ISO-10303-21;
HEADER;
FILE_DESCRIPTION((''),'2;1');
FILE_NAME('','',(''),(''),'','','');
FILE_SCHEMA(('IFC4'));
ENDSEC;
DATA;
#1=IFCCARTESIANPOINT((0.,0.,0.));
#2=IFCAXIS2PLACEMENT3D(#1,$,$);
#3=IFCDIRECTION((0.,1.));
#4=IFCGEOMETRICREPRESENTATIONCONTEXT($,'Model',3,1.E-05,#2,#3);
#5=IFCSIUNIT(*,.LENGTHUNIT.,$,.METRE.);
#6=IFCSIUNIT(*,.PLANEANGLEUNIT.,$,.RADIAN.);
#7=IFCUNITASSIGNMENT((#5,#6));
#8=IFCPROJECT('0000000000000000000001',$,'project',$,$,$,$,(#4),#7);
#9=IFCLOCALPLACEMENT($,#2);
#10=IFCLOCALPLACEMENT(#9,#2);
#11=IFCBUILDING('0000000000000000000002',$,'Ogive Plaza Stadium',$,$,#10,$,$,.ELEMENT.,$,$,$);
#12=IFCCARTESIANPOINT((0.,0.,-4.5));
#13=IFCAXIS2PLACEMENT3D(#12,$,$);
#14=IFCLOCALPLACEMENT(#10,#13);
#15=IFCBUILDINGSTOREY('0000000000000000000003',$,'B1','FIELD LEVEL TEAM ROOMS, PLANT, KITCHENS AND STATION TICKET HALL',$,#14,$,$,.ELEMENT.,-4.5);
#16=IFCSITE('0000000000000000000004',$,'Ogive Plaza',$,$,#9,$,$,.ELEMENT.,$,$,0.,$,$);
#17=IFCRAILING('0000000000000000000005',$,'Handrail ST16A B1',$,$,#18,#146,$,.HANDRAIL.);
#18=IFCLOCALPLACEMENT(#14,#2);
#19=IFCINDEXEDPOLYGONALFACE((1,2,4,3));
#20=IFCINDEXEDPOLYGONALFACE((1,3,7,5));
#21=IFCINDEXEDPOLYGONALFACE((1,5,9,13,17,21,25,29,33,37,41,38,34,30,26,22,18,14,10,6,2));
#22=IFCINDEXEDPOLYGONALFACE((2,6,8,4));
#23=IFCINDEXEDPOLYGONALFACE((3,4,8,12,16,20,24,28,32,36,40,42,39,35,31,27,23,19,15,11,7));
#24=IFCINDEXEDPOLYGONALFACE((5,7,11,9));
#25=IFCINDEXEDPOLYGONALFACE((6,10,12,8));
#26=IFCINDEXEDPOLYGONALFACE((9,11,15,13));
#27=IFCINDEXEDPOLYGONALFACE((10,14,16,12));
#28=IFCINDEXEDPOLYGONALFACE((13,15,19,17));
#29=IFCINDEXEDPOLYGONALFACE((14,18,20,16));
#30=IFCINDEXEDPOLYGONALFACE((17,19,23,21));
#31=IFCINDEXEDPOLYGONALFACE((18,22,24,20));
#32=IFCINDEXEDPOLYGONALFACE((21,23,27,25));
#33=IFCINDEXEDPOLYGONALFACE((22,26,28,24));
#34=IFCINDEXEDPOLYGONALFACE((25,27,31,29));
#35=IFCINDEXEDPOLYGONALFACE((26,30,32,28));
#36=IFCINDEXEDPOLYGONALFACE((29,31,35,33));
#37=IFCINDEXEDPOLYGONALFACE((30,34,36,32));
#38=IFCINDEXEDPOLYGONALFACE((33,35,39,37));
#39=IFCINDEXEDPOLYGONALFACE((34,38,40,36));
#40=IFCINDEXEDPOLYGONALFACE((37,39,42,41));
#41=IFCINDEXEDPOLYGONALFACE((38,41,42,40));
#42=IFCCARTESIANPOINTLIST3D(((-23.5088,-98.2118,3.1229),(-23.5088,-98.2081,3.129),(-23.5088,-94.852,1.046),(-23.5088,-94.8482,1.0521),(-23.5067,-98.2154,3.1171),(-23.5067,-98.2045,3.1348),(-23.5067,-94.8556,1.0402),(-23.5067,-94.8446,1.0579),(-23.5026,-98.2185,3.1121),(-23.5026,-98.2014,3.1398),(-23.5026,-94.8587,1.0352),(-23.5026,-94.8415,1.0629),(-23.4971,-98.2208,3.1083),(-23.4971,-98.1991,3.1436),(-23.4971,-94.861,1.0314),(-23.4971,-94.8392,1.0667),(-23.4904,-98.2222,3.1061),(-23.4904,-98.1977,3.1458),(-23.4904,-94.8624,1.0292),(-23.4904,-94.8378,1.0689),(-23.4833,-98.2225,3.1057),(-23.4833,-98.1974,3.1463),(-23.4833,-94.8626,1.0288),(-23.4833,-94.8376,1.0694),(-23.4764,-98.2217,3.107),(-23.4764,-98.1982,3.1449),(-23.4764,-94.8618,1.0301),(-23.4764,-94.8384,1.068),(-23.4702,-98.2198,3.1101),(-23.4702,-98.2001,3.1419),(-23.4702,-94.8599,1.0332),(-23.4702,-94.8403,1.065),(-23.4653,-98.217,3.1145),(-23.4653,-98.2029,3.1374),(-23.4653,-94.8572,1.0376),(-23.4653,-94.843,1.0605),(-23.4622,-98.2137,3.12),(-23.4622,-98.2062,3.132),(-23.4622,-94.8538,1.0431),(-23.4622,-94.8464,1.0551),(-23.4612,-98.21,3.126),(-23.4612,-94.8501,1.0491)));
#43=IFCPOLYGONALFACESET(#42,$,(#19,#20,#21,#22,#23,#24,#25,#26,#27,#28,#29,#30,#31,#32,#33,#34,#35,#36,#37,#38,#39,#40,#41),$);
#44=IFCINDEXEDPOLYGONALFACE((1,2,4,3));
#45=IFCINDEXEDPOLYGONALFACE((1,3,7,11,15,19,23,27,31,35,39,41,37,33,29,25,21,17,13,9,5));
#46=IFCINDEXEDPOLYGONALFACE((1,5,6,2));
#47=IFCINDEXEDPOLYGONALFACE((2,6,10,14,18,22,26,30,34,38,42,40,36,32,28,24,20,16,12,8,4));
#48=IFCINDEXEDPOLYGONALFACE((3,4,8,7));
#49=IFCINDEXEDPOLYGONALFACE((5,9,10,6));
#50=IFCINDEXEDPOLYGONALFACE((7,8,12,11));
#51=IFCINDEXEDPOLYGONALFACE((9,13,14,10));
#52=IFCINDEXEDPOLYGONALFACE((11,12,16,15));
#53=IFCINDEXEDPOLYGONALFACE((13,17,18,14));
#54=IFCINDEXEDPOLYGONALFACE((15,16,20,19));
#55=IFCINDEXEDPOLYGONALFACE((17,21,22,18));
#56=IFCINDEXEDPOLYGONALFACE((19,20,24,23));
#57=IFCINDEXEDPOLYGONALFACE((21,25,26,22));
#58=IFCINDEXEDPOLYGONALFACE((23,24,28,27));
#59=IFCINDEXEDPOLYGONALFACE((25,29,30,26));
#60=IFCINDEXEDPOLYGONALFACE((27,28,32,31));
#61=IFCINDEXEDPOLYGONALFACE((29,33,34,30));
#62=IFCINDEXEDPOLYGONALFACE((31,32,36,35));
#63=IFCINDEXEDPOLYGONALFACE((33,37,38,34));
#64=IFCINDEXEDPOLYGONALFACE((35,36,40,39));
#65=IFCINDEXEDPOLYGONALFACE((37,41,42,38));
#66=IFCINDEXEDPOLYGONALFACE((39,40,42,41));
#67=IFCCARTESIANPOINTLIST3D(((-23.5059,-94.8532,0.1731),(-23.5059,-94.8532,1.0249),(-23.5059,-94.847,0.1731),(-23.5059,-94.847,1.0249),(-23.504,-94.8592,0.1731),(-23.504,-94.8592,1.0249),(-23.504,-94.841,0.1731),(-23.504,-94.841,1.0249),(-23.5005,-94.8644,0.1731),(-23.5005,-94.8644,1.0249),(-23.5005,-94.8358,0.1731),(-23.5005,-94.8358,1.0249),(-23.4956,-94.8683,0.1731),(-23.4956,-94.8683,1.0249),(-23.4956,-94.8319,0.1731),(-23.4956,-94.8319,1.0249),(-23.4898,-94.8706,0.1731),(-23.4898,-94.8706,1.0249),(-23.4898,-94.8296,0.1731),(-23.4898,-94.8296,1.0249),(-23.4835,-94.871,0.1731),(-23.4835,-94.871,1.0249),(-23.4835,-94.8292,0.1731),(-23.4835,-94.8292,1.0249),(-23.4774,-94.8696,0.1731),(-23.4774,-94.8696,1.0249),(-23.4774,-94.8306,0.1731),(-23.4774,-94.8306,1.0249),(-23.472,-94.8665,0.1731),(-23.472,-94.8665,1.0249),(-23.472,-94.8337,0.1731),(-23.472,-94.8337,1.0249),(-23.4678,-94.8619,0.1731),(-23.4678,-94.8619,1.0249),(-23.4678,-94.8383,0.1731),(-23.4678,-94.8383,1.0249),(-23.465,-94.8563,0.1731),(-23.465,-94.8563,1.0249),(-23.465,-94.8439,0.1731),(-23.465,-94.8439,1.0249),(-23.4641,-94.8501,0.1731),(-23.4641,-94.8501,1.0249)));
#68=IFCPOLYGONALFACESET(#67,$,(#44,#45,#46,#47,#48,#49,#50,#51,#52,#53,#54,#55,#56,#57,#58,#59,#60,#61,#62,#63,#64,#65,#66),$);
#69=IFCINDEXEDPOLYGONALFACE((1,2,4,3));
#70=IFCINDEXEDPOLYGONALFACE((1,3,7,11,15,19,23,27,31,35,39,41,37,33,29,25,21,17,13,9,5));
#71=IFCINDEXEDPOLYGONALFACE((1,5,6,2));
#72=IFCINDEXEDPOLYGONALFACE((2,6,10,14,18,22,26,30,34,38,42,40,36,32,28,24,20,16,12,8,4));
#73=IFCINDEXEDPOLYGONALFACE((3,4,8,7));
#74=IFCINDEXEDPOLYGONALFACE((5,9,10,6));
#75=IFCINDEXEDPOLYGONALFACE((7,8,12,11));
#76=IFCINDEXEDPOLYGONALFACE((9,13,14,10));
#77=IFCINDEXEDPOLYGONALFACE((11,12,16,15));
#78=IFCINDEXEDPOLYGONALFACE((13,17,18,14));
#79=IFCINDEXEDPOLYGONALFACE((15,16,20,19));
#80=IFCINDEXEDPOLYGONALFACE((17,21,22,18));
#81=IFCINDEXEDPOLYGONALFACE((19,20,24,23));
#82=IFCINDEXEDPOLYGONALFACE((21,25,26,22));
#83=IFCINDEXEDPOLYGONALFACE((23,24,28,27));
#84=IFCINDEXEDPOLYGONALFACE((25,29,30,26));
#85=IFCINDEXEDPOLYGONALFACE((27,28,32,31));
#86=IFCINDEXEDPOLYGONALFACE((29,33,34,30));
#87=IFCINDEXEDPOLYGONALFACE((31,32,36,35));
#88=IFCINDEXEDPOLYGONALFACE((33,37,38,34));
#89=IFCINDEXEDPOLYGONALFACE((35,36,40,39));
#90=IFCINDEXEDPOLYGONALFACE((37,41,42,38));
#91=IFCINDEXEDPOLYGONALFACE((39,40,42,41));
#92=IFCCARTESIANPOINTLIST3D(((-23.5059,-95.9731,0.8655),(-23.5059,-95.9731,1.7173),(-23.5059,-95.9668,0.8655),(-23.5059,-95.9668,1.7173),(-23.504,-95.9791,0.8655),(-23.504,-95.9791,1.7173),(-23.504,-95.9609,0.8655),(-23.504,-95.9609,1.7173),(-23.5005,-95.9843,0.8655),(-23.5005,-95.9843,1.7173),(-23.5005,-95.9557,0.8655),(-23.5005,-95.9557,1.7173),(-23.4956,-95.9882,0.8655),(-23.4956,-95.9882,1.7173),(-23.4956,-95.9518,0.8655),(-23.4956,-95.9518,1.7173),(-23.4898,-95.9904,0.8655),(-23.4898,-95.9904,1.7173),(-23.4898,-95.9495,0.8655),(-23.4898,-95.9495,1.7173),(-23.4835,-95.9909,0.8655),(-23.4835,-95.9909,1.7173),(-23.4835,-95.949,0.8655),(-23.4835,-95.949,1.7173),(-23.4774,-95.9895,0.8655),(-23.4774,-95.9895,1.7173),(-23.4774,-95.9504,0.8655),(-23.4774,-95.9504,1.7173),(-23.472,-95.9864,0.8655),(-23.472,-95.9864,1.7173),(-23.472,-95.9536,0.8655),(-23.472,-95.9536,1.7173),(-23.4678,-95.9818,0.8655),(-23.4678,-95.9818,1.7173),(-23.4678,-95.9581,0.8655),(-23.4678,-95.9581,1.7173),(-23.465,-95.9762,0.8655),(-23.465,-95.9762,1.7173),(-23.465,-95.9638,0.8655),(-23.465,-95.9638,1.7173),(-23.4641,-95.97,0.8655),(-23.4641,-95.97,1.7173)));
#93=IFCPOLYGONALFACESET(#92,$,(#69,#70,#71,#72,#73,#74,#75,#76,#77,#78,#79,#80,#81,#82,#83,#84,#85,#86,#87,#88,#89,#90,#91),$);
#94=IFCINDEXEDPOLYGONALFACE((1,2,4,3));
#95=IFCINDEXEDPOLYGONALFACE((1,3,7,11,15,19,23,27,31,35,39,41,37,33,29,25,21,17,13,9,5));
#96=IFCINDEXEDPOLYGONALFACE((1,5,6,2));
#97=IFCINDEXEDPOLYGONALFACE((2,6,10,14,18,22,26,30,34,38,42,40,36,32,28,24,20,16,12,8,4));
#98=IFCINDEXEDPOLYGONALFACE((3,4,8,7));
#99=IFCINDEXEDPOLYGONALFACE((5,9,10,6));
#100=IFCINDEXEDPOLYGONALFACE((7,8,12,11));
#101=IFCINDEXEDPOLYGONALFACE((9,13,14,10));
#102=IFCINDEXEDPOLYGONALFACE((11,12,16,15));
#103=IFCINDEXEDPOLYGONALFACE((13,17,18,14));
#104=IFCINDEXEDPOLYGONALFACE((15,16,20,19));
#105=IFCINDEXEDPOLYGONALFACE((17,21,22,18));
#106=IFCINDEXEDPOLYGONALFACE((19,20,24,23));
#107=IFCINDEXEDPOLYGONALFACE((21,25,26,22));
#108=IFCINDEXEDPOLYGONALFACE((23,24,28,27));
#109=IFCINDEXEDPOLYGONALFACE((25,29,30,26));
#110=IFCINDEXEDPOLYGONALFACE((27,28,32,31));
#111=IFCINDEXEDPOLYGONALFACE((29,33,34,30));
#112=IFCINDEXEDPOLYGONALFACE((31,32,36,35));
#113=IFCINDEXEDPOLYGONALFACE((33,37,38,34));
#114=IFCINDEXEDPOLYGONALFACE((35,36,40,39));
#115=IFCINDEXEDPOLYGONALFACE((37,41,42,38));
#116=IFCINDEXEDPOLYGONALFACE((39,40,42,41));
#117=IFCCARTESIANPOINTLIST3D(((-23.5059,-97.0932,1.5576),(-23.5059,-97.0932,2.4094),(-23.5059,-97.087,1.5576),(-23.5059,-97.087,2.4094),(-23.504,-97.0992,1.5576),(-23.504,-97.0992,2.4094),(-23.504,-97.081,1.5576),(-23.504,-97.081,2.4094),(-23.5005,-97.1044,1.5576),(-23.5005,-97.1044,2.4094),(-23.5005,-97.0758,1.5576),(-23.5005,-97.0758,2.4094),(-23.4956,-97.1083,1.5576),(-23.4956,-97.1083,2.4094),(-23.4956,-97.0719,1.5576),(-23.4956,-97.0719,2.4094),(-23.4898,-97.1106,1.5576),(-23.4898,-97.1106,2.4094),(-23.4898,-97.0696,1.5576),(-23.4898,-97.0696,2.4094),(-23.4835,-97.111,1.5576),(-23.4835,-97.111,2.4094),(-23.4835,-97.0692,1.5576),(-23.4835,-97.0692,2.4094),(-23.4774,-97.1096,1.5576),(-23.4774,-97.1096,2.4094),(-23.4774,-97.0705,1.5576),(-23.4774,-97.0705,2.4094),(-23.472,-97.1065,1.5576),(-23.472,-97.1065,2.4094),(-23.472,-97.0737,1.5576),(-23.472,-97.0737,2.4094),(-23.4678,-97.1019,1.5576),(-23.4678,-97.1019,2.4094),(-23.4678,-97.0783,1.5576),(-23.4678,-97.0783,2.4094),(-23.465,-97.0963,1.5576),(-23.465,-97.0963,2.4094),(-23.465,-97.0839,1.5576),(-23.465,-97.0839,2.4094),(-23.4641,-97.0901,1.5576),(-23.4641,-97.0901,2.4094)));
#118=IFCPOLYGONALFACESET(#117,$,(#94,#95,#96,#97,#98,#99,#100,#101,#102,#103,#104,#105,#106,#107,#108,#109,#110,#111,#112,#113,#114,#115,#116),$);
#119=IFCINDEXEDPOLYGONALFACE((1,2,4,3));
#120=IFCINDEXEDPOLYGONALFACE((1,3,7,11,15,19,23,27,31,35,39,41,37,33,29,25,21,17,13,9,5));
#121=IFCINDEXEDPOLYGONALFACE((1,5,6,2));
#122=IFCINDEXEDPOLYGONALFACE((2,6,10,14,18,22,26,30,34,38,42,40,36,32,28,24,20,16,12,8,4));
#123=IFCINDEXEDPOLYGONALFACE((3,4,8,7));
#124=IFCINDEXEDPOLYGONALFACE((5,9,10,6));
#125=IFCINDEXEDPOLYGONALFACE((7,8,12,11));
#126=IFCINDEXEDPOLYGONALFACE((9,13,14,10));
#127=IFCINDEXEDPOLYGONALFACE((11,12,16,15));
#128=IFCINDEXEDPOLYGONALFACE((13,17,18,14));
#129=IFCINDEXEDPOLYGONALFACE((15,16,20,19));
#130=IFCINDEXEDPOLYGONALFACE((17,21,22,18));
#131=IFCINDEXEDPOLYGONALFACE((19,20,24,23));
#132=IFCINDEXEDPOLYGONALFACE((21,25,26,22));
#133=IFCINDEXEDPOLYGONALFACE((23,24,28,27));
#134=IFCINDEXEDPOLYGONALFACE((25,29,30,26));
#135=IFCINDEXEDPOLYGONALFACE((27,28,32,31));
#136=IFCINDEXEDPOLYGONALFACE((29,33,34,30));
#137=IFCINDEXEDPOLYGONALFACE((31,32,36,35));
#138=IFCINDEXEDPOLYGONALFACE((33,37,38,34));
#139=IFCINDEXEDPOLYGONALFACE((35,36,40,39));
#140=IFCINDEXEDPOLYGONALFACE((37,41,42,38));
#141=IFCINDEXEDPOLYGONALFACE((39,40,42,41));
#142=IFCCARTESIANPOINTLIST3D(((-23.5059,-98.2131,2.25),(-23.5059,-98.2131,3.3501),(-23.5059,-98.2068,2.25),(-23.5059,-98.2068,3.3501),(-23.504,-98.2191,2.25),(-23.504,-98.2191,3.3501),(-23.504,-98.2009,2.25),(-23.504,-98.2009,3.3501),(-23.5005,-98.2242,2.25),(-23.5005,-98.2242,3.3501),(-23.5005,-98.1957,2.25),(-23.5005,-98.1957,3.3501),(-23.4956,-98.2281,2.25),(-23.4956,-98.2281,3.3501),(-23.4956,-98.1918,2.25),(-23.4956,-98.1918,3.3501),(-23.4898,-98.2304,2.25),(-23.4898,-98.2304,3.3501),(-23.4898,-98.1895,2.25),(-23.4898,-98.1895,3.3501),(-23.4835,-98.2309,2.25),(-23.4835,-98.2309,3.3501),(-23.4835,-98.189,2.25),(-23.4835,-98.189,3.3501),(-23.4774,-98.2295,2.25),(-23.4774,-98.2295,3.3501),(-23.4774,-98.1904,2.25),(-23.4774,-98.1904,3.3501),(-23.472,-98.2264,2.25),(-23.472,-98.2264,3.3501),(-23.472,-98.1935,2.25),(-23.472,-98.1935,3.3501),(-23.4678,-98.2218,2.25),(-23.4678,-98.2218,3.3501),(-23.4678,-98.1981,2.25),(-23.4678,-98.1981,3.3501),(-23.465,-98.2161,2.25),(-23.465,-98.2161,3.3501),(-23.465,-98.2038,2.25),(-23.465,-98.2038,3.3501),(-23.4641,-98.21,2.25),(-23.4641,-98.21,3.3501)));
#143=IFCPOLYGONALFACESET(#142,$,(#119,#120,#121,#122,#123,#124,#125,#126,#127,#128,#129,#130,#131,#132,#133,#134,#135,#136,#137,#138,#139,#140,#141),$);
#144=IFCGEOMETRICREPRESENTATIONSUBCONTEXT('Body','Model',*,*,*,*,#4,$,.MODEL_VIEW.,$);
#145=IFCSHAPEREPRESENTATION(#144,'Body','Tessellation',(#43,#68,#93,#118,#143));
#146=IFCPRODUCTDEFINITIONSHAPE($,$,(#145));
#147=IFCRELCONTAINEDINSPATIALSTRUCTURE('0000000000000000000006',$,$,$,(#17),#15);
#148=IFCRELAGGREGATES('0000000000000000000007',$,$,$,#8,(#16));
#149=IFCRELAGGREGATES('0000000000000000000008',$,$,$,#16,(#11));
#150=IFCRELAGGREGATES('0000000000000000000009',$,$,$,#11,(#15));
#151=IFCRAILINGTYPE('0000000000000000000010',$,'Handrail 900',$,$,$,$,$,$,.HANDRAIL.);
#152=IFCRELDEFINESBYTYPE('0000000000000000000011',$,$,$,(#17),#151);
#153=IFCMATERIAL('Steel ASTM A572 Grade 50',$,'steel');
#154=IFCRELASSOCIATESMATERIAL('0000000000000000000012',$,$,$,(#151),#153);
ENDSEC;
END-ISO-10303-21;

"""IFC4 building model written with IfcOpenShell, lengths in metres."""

from ifc_helpers import new_model, si_unit, direction, frame, origin, origin_2d, place, context, subcontext, project, spatial, circle, extrude, material, type_object, element, save


model = new_model("IFC4")

# Units and contexts
model_context = context("Model", 3, precision=1e-05, world=origin(), true_north=direction((0.0, 1.0)))
body_context = subcontext(model_context, "Body", "Model", "MODEL_VIEW")
ifc_project = project(units=[si_unit("LENGTHUNIT", "METRE"), si_unit("PLANEANGLEUNIT", "RADIAN")], contexts=[model_context])

# Site, building, storey
site_placement = place(None, origin())
site = spatial("IfcSite", under=ifc_project, at=site_placement, Name="Ogive Plaza", CompositionType="ELEMENT", RefElevation=0.0)
building_placement = place(site_placement, origin())
building = spatial("IfcBuilding", under=site, at=building_placement, Name="Ogive Plaza Stadium", CompositionType="ELEMENT")
storey_placement = place(building_placement, frame((0.0, 0.0, -4.5)))
storey = spatial("IfcBuildingStorey", under=building, at=storey_placement, Name="B1", Description="FIELD LEVEL TEAM ROOMS, PLANT, KITCHENS AND STATION TICKET HALL", CompositionType="ELEMENT", Elevation=-4.5)

# Railing
ifc_material_1 = material(Name="Steel ASTM A572 Grade 50", Category="steel")
railing_type_1 = type_object("IfcRailingType", Name="Handrail 900", PredefinedType="HANDRAIL", material=ifc_material_1)
for number, where, name in (
    (1, (-23.4851, -94.8501, 0.1731), "Handrail ST16A B1"),
):
    element("IfcRailing", number, at=place(storey_placement, frame(where)), inside=storey, type_object=railing_type_1, Name=name, PredefinedType="HANDRAIL", context=body_context, shape_type="SweptSolid", body=[
        extrude(circle(Radius=0.0239, at=origin_2d()), frame((0.0, 0.0, 0.876), z_axis=(0.0, -0.850606, 0.525803), x_axis=(1.0, 0.0, 0.0)), (0.0, 0.0, 1.0), 3.95),
        extrude(circle(Radius=0.021, at=origin_2d()), origin(), (0.0, 0.0, 1.0), 0.8518),
        extrude(circle(Radius=0.021, at=origin_2d()), frame((0.0, -1.1199, 0.6924)), (0.0, 0.0, 1.0), 0.8518),
        extrude(circle(Radius=0.021, at=origin_2d()), frame((0.0, -2.24, 1.3845)), (0.0, 0.0, 1.0), 0.8518),
        extrude(circle(Radius=0.021, at=origin_2d()), frame((0.0, -3.3599, 2.0769)), (0.0, 0.0, 1.0), 1.1001),
    ])

save(model, "model.ifc")
